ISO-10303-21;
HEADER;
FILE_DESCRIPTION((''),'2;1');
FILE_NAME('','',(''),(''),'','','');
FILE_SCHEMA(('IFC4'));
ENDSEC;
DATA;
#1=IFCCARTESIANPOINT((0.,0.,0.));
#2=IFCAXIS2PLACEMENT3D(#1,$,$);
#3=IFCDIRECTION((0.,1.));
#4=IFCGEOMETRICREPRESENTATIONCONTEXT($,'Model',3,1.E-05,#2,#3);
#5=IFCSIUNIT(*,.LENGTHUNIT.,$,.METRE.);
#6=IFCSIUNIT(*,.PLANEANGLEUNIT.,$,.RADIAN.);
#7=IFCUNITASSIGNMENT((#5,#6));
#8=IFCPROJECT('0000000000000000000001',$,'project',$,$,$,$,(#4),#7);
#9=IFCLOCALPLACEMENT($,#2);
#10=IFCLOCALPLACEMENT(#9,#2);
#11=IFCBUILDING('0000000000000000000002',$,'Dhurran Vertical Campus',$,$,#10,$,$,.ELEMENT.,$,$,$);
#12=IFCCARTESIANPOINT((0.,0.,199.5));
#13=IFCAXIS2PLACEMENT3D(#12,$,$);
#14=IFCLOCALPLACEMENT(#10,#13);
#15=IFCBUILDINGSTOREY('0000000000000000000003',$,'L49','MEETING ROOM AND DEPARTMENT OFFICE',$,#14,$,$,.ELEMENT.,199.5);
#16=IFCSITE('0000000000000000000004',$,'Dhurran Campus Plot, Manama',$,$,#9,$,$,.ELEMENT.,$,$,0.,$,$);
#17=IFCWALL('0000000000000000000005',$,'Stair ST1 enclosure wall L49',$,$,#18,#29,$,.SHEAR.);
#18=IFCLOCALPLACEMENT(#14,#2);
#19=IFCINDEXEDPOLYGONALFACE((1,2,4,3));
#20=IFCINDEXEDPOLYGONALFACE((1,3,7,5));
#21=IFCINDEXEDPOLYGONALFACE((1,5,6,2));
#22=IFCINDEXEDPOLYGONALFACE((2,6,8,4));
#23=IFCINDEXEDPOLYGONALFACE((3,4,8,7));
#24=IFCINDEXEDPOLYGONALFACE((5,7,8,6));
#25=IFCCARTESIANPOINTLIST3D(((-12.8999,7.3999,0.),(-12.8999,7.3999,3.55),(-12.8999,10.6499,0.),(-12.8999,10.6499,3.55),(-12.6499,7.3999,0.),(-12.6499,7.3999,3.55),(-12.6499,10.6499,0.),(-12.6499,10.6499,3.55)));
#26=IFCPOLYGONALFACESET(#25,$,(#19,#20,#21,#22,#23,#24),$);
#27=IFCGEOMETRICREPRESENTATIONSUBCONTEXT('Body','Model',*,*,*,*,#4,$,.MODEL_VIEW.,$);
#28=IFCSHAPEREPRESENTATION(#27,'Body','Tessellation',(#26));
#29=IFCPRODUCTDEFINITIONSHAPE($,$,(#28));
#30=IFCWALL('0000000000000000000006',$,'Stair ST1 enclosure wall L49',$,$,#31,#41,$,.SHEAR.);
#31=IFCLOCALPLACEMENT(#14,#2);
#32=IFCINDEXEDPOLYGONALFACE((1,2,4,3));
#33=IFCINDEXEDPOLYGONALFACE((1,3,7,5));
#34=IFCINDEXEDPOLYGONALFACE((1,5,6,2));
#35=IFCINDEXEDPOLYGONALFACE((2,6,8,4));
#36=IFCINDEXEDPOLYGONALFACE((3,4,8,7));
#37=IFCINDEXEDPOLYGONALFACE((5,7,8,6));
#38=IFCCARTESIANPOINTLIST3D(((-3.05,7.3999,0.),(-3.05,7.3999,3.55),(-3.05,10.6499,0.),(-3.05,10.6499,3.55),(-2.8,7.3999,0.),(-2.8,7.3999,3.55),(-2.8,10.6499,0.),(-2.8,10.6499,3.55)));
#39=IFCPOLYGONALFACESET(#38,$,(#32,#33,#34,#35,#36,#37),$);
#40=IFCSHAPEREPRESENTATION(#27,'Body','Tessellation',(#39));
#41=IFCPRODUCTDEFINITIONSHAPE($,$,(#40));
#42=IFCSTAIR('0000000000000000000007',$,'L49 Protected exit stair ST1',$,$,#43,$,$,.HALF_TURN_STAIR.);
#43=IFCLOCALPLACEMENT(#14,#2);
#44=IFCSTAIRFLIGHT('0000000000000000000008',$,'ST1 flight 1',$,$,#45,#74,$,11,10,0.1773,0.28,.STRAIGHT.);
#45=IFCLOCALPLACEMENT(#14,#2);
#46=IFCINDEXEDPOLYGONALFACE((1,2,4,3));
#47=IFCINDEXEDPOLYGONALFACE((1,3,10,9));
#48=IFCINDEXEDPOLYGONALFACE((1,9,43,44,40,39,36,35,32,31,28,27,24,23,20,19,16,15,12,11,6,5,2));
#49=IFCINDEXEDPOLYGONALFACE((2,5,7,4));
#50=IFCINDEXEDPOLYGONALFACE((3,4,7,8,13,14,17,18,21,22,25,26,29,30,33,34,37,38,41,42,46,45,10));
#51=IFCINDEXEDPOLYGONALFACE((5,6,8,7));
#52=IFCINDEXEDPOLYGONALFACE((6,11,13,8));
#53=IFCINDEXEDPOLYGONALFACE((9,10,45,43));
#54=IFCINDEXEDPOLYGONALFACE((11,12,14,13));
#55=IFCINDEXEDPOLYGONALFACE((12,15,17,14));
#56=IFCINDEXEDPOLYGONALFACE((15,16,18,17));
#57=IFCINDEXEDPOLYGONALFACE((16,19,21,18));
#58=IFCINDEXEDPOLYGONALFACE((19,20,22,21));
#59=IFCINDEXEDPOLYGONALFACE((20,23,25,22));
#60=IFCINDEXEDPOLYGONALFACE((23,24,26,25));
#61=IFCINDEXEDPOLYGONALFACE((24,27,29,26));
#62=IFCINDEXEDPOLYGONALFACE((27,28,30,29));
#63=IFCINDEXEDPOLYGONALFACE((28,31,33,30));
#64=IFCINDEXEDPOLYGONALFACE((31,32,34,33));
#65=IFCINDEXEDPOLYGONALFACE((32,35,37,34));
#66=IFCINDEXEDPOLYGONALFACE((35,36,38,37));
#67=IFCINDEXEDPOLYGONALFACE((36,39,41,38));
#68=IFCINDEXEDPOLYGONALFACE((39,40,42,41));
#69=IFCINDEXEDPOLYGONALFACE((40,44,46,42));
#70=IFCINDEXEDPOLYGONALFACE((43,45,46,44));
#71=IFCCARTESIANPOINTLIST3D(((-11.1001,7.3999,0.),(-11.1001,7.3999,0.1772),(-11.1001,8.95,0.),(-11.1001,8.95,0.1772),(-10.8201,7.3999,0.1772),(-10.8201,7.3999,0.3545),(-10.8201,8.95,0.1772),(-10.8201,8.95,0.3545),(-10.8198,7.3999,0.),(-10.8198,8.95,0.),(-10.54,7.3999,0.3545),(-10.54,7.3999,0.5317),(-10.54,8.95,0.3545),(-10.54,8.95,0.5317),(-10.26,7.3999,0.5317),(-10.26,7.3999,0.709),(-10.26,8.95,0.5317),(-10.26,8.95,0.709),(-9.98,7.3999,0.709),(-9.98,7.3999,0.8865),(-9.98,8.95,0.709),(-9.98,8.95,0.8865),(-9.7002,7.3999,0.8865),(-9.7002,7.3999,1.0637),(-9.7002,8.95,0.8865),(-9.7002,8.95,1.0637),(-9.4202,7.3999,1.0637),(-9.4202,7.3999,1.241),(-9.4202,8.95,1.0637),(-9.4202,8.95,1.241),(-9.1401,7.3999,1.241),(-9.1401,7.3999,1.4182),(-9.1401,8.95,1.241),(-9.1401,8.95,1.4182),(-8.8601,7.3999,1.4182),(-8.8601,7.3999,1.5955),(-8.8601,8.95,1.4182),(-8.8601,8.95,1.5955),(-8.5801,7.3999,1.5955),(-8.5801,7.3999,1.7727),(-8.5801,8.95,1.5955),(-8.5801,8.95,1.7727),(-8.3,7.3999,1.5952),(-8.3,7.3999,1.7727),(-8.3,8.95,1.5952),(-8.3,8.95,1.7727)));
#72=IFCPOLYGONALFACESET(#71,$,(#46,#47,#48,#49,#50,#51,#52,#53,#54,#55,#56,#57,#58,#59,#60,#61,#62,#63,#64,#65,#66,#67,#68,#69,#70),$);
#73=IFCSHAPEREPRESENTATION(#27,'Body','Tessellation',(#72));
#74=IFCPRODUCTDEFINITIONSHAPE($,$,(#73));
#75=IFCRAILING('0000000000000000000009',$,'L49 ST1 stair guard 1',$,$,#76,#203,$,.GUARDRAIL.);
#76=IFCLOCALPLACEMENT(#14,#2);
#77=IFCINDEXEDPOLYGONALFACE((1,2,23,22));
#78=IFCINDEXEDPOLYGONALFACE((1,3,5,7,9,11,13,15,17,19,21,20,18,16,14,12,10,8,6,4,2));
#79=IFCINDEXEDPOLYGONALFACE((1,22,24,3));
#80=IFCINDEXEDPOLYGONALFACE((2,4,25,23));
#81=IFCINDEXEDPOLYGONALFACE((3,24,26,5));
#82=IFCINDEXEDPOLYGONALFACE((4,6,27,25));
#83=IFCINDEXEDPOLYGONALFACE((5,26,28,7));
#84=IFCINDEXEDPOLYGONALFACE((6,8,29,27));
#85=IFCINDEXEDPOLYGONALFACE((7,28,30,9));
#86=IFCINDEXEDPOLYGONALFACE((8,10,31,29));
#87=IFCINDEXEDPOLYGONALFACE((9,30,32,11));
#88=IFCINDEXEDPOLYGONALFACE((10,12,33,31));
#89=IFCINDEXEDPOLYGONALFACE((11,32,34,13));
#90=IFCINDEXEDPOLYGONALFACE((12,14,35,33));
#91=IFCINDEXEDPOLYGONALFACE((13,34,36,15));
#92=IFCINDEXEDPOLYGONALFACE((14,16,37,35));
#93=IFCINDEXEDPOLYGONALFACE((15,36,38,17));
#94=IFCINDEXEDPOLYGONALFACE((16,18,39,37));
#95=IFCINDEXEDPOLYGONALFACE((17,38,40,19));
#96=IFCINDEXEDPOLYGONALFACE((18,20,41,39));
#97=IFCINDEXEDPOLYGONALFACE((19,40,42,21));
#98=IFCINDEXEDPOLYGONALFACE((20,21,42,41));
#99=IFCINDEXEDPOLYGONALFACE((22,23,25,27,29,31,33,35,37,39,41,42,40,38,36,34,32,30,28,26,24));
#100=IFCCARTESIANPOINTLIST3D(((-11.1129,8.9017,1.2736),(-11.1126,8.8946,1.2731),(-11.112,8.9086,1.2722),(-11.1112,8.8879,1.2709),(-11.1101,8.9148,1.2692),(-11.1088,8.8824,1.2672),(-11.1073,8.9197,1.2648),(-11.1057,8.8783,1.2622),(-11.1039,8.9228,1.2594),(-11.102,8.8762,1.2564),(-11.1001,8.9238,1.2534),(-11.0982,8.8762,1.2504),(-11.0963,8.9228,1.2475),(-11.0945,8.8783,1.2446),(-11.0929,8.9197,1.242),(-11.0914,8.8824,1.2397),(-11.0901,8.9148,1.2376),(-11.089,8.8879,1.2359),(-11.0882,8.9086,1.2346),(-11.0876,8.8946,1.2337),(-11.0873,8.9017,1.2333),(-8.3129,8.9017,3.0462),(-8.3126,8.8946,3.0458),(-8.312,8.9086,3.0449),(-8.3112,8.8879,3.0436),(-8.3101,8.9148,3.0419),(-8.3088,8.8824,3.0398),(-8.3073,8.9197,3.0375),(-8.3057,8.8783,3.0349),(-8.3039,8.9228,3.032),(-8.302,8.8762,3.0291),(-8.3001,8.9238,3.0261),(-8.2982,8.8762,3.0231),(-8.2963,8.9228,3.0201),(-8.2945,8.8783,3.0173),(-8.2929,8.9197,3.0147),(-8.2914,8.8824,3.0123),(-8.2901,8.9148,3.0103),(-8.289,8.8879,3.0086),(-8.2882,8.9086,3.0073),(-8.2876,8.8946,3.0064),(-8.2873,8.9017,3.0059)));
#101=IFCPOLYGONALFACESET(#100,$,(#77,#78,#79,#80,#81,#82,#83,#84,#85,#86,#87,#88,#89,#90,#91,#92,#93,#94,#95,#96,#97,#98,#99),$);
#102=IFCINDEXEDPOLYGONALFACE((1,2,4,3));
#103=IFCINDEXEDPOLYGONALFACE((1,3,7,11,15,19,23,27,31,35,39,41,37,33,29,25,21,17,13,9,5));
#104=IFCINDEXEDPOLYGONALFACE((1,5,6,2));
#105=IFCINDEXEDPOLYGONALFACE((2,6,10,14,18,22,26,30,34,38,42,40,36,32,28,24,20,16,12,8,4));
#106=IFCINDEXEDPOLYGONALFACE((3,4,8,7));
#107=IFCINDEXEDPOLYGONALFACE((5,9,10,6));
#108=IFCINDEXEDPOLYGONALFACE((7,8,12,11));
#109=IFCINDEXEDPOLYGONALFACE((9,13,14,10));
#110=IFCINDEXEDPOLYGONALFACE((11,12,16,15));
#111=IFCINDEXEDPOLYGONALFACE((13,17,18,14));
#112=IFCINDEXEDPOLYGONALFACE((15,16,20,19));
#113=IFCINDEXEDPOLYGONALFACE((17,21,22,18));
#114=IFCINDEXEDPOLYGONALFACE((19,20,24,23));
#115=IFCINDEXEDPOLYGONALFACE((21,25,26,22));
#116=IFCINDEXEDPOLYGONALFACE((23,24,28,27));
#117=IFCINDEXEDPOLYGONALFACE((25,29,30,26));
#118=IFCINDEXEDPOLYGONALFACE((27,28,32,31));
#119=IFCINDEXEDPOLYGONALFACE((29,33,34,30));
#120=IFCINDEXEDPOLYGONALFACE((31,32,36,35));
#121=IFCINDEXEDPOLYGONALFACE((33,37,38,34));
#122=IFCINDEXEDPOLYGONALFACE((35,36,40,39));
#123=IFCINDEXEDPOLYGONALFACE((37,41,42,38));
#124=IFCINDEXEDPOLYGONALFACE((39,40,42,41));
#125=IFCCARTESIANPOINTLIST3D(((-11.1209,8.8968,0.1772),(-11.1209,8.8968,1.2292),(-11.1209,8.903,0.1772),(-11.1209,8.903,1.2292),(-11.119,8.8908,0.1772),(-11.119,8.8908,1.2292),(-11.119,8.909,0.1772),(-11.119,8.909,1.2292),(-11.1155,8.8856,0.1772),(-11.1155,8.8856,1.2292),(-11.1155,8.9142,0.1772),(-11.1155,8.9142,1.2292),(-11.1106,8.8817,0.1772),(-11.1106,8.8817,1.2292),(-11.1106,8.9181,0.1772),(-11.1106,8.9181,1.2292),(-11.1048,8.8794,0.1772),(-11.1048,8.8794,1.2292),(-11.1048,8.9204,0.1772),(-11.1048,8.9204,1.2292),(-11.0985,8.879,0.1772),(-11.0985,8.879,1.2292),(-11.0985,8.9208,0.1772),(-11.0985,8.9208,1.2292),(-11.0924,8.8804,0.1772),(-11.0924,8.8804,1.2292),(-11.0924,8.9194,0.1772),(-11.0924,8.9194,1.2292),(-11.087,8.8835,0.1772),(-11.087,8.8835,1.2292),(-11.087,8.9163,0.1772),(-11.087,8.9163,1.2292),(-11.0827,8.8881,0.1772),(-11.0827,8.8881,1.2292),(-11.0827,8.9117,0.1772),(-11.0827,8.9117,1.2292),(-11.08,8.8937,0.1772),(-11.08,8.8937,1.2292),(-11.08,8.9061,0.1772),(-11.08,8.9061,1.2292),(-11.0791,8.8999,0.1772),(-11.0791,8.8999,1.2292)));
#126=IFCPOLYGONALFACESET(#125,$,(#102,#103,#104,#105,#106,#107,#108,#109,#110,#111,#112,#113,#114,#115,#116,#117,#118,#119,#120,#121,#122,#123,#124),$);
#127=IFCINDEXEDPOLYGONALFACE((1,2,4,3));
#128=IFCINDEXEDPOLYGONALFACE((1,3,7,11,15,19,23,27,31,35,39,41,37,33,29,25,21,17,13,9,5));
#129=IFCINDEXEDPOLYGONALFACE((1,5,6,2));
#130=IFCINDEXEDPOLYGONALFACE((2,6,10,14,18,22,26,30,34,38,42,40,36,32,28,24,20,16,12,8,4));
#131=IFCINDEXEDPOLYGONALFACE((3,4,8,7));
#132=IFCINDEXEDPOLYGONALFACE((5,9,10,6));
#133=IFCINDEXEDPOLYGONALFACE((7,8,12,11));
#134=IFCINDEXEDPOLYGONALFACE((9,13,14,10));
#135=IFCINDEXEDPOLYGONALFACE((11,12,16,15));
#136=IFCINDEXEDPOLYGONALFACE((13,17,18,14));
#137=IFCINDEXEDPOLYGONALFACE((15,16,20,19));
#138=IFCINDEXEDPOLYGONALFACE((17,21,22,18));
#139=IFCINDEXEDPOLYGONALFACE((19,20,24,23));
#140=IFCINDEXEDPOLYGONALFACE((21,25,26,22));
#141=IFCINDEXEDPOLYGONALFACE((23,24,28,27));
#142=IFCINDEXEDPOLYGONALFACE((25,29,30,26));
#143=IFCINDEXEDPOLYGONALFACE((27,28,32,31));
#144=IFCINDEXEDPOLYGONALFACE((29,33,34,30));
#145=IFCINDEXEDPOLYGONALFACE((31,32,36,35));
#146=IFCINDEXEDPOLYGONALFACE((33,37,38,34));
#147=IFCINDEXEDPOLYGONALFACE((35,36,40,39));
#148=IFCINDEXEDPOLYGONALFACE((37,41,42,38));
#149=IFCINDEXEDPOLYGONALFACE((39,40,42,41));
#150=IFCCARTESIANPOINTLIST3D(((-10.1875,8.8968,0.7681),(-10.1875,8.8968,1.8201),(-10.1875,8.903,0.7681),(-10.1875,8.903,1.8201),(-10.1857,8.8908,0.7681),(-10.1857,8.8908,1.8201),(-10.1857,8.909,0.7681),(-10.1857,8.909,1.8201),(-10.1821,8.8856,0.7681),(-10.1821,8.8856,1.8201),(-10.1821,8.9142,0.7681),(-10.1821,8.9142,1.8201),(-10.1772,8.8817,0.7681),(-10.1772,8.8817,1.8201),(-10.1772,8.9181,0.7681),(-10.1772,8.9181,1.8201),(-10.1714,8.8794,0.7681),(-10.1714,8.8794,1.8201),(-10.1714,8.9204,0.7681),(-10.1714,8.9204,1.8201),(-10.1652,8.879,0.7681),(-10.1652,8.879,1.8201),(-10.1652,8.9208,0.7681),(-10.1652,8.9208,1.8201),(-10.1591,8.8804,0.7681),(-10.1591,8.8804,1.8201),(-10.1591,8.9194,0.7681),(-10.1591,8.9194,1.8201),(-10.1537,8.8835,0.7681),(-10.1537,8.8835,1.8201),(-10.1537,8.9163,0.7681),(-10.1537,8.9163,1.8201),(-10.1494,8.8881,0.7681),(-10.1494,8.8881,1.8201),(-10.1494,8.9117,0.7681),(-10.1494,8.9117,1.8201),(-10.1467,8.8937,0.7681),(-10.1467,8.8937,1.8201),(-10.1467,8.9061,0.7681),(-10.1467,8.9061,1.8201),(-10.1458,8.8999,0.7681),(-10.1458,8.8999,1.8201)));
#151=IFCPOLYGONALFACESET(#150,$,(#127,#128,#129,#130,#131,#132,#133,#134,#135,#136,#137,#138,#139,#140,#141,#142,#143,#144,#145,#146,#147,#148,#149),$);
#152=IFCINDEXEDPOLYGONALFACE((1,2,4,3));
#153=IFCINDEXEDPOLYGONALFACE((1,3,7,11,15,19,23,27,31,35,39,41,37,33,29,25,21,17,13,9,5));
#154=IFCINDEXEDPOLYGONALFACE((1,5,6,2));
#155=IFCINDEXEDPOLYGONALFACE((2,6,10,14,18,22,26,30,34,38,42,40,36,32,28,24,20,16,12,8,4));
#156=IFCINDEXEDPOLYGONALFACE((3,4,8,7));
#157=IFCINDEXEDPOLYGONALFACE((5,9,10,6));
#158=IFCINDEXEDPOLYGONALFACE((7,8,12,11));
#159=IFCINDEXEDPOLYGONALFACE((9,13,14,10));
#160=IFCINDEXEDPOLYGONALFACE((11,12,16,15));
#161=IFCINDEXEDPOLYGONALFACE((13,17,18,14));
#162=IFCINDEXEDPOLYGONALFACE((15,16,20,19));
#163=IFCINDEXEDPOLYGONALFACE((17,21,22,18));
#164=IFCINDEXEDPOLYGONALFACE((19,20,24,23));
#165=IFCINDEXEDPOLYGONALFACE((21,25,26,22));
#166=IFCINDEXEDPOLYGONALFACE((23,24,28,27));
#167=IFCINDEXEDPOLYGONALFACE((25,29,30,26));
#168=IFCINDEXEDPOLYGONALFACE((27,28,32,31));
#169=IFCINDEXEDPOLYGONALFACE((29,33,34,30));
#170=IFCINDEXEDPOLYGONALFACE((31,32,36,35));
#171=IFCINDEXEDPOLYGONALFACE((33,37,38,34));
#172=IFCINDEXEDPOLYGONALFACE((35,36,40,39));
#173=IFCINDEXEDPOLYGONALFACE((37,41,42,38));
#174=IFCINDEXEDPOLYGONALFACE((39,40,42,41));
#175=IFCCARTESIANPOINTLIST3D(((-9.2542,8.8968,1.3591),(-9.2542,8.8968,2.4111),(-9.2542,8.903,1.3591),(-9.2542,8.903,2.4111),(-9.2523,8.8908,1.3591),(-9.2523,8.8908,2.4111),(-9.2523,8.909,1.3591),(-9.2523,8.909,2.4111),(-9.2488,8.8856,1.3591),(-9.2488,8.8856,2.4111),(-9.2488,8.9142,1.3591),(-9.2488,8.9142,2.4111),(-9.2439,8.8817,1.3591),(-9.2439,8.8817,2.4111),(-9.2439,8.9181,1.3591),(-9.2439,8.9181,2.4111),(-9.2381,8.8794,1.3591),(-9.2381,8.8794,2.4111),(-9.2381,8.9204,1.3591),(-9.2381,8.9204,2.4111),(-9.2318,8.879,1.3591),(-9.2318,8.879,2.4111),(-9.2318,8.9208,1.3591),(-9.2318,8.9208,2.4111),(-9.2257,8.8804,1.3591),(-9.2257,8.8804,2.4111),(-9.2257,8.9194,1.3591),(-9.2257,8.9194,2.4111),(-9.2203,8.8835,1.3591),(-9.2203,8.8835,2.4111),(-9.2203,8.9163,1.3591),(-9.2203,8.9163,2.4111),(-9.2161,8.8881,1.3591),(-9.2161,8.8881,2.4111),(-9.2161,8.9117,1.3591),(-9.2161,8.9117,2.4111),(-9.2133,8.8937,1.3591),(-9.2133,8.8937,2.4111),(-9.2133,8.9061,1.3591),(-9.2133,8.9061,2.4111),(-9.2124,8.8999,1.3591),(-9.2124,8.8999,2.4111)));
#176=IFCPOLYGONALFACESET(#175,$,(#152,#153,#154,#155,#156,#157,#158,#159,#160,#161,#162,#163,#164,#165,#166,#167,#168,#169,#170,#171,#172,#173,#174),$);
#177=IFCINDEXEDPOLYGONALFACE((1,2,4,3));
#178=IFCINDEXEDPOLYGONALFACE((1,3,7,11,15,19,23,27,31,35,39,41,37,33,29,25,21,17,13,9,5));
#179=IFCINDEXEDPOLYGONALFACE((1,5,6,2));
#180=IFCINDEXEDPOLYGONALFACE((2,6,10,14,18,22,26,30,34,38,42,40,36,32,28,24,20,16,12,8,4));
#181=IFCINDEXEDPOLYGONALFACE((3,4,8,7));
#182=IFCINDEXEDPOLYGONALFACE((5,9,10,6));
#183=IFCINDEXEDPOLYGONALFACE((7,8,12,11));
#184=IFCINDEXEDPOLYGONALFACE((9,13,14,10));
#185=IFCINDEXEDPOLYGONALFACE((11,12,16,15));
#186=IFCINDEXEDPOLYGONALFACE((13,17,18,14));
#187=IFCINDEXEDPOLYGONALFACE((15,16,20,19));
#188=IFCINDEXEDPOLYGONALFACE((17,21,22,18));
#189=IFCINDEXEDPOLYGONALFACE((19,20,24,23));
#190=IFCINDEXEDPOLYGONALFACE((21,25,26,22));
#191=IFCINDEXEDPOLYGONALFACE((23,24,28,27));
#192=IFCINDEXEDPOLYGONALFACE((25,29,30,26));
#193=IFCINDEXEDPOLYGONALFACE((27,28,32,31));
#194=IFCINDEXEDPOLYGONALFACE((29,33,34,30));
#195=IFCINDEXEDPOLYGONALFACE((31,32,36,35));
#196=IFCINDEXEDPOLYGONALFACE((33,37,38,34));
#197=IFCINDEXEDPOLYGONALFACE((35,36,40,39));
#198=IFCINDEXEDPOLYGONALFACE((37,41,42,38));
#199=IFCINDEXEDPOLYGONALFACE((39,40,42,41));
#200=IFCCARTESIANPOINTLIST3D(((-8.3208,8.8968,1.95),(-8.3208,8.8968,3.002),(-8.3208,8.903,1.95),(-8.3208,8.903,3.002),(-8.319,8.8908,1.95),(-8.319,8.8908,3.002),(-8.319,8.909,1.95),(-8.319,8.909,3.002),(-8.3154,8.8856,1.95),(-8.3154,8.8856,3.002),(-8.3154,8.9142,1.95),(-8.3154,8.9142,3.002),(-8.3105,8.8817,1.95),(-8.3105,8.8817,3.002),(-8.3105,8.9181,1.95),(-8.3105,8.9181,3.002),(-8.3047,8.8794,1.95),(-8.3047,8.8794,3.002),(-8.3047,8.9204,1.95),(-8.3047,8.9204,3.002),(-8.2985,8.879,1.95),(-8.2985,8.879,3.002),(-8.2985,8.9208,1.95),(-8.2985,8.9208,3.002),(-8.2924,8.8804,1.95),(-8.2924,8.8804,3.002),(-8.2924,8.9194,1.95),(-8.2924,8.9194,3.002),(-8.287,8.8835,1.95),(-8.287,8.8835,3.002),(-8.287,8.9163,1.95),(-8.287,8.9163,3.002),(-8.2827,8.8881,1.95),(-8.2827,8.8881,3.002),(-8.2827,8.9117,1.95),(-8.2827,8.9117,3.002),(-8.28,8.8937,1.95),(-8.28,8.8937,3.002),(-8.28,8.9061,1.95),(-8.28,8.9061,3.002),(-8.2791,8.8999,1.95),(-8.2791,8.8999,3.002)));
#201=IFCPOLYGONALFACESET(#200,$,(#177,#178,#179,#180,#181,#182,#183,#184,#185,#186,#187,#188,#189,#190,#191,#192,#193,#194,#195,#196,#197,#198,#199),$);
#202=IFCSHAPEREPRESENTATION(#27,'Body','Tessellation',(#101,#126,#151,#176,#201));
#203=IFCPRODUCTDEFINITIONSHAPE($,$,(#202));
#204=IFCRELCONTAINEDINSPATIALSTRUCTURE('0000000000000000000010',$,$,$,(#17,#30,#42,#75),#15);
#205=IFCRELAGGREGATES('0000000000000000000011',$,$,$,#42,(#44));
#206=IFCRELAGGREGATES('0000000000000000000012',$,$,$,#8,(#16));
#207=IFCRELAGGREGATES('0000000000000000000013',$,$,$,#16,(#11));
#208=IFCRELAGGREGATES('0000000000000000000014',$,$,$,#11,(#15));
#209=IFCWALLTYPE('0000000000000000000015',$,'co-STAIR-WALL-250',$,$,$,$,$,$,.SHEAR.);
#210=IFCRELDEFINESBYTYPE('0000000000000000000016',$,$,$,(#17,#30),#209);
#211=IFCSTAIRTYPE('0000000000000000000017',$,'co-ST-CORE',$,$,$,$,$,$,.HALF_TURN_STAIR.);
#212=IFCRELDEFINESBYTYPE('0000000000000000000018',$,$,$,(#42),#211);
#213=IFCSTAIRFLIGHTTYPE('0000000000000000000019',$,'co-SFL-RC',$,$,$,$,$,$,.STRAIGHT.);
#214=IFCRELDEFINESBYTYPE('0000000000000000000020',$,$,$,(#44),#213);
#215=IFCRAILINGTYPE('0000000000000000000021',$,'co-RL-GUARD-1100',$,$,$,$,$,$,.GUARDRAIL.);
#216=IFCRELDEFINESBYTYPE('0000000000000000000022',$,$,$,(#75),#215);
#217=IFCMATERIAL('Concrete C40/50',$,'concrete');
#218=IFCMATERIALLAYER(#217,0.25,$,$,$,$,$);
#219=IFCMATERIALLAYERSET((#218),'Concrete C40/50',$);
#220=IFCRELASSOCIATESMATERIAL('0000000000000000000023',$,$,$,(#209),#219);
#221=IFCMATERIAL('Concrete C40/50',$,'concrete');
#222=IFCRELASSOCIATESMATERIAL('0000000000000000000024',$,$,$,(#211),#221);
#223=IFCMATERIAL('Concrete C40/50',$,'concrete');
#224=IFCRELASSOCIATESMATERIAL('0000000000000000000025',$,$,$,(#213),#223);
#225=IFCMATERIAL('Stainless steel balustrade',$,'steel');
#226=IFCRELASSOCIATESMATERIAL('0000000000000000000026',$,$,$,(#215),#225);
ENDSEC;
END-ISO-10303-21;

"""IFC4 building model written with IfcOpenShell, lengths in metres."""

from ifc_helpers import new_model, si_unit, direction, frame, frame_2d, origin, origin_2d, place, context, subcontext, project, spatial, polyline, rectangle, circle, outline, extrude, material, layer, layer_set, type_object, element, aggregate, save


model = new_model("IFC4")

# Units and contexts
model_context = context("Model", 3, precision=1e-05, world=origin(), true_north=direction((0.0, 1.0)))
body_context = subcontext(model_context, "Body", "Model", "MODEL_VIEW")
ifc_project = project(units=[si_unit("LENGTHUNIT", "METRE"), si_unit("PLANEANGLEUNIT", "RADIAN")], contexts=[model_context])

# Site, building, storey
site_placement = place(None, origin())
site = spatial("IfcSite", under=ifc_project, at=site_placement, Name="Dhurran Campus Plot, Manama", CompositionType="ELEMENT", RefElevation=0.0)
building_placement = place(site_placement, origin())
building = spatial("IfcBuilding", under=site, at=building_placement, Name="Dhurran Vertical Campus", CompositionType="ELEMENT")
storey_placement = place(building_placement, frame((0.0, 0.0, 199.5)))
storey = spatial("IfcBuildingStorey", under=building, at=storey_placement, Name="L49", Description="MEETING ROOM AND DEPARTMENT OFFICE", CompositionType="ELEMENT", Elevation=199.5)

# Walls
ifc_material_1 = material(Name="Concrete C40/50", Category="concrete")
ifc_layer_1 = layer(ifc_material_1, 0.25)
ifc_layer_set_1 = layer_set([ifc_layer_1], Name="Concrete C40/50")
wall_type_1 = type_object("IfcWallType", Name="co-STAIR-WALL-250", PredefinedType="SHEAR", material=ifc_layer_set_1)
for number, where, z_axis, x_axis, name in (
    (1, (-12.7749, 7.3999, 0.0), (0.0, 0.0, 1.0), (0.0, 1.0, 0.0), "Stair ST1 enclosure wall L49"),
    (2, (-2.925, 7.3999, 0.0), (0.0, 0.0, 1.0), (0.0, 1.0, 0.0), "Stair ST1 enclosure wall L49"),
):
    element("IfcWall", number, at=place(storey_placement, frame(where, z_axis=z_axis, x_axis=x_axis)), inside=storey, type_object=wall_type_1, Name=name, PredefinedType="SHEAR", context=body_context, shape_type="SweptSolid", body=[
        extrude(rectangle(XDim=3.25, YDim=0.25, at=frame_2d((1.625, 0.0))), origin(), (0.0, 0.0, 1.0), 3.55),
    ])

# Stair, stair flight
ifc_material_2 = material(Name="Concrete C40/50", Category="concrete")
stair_type = type_object("IfcStairType", Name="co-ST-CORE", PredefinedType="HALF_TURN_STAIR", material=ifc_material_2)
stair_placement = place(storey_placement, origin())
stair = element("IfcStair", 3, at=stair_placement, inside=storey, type_object=stair_type, Name="L49 Protected exit stair ST1", PredefinedType="HALF_TURN_STAIR")
ifc_material_3 = material(Name="Concrete C40/50", Category="concrete")
stair_flight_type = type_object("IfcStairFlightType", Name="co-SFL-RC", PredefinedType="STRAIGHT", material=ifc_material_3)
stair_flight_placement = place(storey_placement, frame((-11.1001, 8.175, 0.0), z_axis=(0.0, 0.0, 1.0), x_axis=(1.0, 0.0, 0.0)))
stair_flight = element("IfcStairFlight", 4, at=stair_flight_placement, type_object=stair_flight_type, Name="ST1 flight 1", NumberOfRisers=11, NumberOfTreads=10, PredefinedType="STRAIGHT", RiserHeight=0.1773, TreadLength=0.28, context=body_context, shape_type="SweptSolid", body=[
    extrude(outline(polyline([(0.0, 0.0), (0.0, 0.1772), (0.28, 0.1772), (0.28, 0.3545), (0.5601, 0.3545), (0.5601, 0.5317), (0.8401, 0.5317), (0.8401, 0.709), (1.1201, 0.709), (1.1201, 0.8865), (1.3999, 0.8865), (1.3999, 1.0637), (1.6799, 1.0637), (1.6799, 1.241), (1.96, 1.241), (1.96, 1.4182), (2.24, 1.4182), (2.24, 1.5955), (2.52, 1.5955), (2.52, 1.7727), (2.8, 1.7727), (2.8, 1.95), (2.8, 1.5952), (0.2803, 0.0), (0.0, 0.0)])), frame((0.0, 0.7749, 0.0), z_axis=(0.0, -1.0, 0.0), x_axis=(1.0, 0.0, 0.0)), (0.0, 0.0, 1.0), 1.55),
])
aggregate(stair, [stair_flight])

# Railing
ifc_material_4 = material(Name="Stainless steel balustrade", Category="steel")
railing_type_1 = type_object("IfcRailingType", Name="co-RL-GUARD-1100", PredefinedType="GUARDRAIL", material=ifc_material_4)
railing_1_placement = place(storey_placement, frame((-11.1001, 8.8999, 0.1772)))
element("IfcRailing", 5, at=railing_1_placement, inside=storey, type_object=railing_type_1, Name="L49 ST1 stair guard 1", PredefinedType="GUARDRAIL", context=body_context, shape_type="SweptSolid", body=[
    extrude(circle(Radius=0.0239, at=origin_2d()), frame((0.0, 0.0, 1.0762), z_axis=(0.844909, 0.0, 0.53491), x_axis=(0.0, 1.0, 0.0)), (0.0, 0.0, 1.0), 3.314),
    extrude(circle(Radius=0.021, at=origin_2d()), origin(), (0.0, 0.0, 1.0), 1.052),
    extrude(circle(Radius=0.021, at=origin_2d()), frame((0.9333, 0.0, 0.5908)), (0.0, 0.0, 1.0), 1.052),
    extrude(circle(Radius=0.021, at=origin_2d()), frame((1.8667, 0.0, 1.1819)), (0.0, 0.0, 1.0), 1.052),
    extrude(circle(Radius=0.021, at=origin_2d()), frame((2.8, 0.0, 1.7727)), (0.0, 0.0, 1.0), 1.052),
])

save(model, "model.ifc")
